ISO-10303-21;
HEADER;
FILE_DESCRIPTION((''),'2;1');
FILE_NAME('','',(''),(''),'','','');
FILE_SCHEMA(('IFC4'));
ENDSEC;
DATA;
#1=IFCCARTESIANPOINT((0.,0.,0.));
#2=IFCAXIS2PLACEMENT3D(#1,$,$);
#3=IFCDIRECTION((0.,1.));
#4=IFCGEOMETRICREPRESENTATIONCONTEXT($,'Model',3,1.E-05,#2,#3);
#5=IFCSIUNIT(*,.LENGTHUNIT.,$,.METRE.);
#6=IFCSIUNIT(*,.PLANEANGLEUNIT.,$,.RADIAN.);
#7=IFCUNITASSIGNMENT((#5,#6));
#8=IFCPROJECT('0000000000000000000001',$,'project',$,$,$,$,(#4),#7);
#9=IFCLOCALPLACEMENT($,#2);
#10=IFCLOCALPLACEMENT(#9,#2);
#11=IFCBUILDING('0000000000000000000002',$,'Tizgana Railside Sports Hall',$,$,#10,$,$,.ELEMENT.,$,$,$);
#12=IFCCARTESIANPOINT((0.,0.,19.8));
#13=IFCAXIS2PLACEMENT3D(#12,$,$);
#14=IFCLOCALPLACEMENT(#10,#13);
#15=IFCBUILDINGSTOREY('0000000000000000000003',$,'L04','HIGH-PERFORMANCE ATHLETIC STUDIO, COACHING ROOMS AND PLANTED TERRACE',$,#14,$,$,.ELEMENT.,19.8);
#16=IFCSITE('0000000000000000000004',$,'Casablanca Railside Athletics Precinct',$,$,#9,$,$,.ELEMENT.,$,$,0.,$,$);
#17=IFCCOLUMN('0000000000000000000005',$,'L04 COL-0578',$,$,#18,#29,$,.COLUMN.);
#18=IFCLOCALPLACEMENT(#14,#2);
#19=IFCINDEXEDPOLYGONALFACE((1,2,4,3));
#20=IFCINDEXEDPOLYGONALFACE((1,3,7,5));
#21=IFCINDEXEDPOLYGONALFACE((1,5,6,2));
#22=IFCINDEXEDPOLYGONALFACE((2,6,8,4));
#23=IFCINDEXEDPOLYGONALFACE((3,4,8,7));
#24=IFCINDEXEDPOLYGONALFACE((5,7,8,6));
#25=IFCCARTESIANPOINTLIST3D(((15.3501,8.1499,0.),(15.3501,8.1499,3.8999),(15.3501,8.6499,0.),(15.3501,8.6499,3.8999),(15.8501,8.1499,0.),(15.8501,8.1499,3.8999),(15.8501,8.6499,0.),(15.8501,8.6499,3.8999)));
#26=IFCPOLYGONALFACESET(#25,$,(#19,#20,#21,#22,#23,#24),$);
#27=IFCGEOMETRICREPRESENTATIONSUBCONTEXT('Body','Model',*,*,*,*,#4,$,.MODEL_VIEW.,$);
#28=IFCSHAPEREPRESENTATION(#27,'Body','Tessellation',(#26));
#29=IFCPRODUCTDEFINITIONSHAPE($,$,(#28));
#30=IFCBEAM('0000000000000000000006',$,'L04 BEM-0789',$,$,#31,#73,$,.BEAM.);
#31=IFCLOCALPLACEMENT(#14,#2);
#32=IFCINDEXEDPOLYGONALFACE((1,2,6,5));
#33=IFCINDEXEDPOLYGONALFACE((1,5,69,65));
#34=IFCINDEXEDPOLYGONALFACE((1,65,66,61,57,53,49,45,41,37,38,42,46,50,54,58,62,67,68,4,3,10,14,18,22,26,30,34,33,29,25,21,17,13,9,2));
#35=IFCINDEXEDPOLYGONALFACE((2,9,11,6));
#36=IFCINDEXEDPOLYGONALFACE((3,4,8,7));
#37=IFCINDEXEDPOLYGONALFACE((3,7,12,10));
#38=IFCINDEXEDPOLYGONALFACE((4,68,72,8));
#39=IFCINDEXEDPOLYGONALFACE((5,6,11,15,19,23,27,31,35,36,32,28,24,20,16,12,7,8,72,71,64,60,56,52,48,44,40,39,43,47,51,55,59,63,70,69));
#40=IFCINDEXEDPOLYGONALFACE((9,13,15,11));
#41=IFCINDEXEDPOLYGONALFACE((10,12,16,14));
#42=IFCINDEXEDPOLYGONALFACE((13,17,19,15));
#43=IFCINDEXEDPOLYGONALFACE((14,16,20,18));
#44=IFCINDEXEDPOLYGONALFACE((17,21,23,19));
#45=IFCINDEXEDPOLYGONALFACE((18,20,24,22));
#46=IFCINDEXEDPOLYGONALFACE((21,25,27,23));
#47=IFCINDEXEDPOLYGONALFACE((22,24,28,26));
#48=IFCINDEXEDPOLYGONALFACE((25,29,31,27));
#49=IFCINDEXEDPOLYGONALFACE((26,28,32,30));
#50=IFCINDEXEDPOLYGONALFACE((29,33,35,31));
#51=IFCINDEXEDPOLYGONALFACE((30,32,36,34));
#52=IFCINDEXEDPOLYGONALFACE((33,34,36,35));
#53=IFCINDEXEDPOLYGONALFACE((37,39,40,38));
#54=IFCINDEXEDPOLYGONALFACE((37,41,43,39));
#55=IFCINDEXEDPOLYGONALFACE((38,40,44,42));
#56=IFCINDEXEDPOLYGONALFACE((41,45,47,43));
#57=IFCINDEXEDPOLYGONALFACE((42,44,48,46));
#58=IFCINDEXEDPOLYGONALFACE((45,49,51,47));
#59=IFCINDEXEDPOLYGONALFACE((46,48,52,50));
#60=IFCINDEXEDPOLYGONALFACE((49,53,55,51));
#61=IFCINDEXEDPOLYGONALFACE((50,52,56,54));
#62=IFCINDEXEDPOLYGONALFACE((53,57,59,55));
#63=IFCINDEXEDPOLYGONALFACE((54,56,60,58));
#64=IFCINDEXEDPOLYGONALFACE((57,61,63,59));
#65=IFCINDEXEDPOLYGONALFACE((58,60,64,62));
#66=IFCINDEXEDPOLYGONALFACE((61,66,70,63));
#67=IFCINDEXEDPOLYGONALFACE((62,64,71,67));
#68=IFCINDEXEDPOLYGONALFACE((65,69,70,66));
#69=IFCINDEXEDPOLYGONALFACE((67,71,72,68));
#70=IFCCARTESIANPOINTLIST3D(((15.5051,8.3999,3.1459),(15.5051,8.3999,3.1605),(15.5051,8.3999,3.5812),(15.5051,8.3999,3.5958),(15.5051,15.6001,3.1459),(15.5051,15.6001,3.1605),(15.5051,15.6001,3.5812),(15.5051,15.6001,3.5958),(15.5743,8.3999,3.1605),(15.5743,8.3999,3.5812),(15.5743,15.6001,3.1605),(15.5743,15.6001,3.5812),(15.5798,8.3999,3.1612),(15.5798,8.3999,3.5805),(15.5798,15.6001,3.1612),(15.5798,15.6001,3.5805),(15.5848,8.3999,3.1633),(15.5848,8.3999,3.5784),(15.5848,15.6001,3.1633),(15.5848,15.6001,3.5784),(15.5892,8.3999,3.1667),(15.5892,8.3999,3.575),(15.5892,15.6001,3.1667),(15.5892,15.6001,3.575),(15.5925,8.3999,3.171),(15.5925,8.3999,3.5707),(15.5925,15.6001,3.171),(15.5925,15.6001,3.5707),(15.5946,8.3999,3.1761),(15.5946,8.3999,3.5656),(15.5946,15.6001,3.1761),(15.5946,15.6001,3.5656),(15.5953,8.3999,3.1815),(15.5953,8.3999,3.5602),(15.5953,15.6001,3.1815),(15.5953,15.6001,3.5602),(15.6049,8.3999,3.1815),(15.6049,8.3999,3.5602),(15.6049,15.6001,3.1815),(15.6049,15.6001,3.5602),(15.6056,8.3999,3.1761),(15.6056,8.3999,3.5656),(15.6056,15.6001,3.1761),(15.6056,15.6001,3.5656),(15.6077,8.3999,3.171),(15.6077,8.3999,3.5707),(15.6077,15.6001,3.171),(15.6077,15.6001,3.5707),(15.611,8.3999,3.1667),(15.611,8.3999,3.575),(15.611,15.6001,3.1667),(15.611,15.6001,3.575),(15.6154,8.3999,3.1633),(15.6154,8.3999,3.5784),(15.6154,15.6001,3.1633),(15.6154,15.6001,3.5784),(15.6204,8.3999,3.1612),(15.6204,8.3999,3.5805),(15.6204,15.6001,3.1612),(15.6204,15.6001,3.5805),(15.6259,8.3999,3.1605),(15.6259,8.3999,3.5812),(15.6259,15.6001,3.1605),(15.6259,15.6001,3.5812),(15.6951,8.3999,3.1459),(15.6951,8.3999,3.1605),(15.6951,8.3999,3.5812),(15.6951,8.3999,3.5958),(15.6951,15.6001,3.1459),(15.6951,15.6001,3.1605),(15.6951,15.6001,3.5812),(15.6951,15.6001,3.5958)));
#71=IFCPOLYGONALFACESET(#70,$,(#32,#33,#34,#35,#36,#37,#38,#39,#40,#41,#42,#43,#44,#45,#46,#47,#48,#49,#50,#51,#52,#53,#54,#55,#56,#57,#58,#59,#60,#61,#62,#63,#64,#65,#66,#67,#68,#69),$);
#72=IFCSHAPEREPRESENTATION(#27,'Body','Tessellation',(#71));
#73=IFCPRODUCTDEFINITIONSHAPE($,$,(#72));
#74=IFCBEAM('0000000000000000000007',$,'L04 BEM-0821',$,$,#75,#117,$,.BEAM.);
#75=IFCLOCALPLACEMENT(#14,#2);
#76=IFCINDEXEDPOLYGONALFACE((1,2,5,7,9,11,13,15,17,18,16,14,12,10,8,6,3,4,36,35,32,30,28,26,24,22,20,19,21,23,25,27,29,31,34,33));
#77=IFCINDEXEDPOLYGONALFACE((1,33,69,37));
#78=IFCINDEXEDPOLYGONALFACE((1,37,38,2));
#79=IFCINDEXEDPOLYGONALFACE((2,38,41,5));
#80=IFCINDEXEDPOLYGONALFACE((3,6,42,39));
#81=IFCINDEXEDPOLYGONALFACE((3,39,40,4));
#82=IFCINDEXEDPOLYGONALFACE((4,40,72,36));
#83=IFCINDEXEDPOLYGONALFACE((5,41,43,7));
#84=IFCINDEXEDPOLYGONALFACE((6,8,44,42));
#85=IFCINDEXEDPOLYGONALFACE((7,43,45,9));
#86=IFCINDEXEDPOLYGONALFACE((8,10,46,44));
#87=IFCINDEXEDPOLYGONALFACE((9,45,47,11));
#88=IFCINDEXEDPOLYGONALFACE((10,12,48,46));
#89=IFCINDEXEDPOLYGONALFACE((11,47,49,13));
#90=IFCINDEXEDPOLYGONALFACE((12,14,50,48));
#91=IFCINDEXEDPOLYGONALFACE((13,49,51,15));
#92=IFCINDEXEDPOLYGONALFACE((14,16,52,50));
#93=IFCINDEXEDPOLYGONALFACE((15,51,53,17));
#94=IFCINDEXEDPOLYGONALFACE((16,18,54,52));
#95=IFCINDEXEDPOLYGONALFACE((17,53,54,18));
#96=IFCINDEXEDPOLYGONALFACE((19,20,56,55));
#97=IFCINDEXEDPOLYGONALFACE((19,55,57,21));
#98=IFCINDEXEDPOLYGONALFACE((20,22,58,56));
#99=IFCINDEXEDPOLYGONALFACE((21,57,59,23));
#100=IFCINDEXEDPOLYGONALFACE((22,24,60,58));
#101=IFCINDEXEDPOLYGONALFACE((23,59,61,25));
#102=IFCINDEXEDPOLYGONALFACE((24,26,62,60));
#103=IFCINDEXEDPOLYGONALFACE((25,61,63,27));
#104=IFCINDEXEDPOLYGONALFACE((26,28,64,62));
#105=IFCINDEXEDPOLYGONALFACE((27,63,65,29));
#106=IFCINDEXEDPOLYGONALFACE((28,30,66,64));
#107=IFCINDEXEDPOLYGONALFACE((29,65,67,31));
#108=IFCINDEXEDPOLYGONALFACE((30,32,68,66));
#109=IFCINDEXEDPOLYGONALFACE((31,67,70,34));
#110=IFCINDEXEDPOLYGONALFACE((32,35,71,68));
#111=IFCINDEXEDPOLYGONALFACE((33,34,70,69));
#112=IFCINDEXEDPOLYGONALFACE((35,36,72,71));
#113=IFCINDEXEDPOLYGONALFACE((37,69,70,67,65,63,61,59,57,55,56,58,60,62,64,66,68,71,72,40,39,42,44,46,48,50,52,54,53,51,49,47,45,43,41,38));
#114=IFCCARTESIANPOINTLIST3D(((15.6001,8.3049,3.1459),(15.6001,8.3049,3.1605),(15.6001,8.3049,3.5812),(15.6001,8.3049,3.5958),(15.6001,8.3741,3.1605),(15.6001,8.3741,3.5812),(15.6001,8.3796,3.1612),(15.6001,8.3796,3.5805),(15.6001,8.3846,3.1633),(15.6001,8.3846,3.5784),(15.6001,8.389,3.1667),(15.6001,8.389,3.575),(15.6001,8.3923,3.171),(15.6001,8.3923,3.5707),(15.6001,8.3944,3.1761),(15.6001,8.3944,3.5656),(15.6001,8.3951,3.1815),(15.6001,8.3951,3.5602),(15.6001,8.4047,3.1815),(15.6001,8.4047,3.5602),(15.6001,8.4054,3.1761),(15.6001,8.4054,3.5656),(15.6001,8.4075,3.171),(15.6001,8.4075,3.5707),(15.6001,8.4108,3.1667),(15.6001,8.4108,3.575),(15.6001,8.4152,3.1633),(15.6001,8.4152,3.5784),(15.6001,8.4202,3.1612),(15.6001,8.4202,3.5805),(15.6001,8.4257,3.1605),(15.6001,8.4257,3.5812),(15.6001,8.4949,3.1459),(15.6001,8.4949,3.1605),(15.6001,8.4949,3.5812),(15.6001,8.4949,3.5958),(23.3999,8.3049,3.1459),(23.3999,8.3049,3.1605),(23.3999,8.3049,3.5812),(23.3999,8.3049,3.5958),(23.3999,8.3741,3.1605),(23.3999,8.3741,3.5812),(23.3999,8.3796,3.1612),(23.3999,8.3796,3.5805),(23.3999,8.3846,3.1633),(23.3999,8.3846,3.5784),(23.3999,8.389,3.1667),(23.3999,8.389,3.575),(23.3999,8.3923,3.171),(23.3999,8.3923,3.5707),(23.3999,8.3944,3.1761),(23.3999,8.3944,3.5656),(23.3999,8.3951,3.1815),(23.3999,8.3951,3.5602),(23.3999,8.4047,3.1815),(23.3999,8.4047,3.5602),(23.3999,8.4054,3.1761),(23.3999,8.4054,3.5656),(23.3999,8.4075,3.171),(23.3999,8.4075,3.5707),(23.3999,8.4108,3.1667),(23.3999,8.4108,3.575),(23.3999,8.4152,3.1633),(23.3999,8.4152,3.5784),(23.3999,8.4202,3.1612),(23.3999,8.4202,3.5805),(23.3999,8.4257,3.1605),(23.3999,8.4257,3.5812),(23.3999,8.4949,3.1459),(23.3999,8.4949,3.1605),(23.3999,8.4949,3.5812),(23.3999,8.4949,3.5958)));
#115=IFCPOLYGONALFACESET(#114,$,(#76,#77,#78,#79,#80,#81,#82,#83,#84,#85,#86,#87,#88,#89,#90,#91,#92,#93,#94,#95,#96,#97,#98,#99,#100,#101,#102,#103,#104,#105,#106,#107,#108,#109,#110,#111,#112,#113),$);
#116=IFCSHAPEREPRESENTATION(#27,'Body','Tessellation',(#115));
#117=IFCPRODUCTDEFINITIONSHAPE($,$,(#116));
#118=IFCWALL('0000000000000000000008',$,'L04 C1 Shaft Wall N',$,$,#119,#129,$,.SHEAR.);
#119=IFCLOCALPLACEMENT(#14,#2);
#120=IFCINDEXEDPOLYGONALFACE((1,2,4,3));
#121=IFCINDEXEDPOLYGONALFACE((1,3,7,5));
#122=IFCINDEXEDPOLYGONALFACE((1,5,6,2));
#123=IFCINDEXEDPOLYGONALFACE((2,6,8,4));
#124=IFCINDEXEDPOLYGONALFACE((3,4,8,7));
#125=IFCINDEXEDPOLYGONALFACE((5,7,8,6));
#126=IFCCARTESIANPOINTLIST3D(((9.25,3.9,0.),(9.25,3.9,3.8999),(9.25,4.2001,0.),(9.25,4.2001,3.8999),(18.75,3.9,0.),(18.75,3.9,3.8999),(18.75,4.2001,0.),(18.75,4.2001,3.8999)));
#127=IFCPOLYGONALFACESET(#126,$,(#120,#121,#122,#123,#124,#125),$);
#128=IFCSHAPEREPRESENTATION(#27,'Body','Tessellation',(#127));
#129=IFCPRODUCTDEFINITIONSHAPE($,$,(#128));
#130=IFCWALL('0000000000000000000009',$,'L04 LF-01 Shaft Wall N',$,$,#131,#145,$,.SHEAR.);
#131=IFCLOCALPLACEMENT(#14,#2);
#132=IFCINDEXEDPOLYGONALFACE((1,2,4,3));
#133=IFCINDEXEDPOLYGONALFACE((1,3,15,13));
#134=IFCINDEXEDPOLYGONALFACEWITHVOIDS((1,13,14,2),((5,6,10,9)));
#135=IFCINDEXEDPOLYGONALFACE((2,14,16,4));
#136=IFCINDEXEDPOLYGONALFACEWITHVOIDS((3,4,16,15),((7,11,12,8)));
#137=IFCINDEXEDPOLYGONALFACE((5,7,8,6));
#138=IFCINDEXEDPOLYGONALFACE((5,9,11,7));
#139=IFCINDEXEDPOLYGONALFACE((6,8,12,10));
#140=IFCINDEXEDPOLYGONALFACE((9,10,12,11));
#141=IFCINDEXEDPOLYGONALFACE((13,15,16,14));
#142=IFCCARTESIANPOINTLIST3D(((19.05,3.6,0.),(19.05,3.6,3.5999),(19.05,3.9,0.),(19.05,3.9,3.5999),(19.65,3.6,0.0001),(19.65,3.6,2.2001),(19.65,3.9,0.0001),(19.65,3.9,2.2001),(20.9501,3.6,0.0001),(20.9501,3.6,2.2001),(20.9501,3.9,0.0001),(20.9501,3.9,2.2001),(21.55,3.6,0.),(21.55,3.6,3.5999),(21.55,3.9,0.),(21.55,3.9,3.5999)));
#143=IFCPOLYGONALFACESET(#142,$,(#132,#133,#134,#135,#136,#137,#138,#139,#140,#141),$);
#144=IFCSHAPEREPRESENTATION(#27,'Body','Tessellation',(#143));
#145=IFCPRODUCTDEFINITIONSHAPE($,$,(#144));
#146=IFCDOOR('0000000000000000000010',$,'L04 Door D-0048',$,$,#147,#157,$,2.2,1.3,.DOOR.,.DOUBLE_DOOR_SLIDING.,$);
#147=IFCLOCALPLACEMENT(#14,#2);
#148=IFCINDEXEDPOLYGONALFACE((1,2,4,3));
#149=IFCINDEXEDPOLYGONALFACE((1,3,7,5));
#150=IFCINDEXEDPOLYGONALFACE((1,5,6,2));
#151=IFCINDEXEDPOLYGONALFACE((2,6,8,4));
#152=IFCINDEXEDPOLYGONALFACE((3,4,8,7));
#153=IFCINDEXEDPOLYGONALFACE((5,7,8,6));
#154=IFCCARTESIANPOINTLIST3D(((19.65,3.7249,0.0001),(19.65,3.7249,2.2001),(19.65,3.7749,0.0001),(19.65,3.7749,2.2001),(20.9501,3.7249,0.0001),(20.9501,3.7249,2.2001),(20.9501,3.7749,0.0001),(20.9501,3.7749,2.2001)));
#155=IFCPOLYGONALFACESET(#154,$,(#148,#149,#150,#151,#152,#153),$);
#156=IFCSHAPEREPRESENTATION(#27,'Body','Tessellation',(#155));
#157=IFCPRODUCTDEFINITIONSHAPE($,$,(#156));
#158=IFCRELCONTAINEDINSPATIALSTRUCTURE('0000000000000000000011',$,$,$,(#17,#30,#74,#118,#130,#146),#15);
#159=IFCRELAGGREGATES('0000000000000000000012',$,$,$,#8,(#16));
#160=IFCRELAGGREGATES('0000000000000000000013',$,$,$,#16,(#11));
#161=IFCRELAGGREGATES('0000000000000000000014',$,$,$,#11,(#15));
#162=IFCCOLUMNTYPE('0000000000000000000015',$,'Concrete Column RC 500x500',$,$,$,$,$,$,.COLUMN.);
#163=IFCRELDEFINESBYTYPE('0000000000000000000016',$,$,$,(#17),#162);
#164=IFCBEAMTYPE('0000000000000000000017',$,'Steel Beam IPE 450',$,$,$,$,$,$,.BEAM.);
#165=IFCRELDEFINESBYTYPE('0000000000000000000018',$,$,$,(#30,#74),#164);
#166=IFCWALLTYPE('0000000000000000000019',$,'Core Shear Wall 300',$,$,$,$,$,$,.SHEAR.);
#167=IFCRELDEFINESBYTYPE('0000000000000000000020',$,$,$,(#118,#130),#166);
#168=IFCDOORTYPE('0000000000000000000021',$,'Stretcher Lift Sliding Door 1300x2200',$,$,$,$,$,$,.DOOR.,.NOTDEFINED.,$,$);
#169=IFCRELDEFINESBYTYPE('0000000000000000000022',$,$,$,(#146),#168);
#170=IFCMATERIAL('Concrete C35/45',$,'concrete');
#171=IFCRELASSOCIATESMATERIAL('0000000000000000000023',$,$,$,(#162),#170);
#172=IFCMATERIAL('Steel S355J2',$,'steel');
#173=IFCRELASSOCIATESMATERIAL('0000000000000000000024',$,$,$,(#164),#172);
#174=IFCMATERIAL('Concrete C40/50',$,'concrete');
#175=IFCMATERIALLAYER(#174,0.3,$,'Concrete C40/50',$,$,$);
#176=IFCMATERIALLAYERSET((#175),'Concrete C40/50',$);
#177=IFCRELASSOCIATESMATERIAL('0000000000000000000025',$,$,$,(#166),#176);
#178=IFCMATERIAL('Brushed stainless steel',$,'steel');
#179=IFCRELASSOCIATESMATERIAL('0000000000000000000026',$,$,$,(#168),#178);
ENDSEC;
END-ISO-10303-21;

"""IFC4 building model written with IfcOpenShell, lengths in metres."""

from ifc_helpers import new_model, si_unit, direction, frame, frame_2d, origin, origin_2d, place, context, subcontext, project, spatial, rectangle, i_section, extrude, material, layer, layer_set, material_profile, profile_set, type_object, element, fill, save


model = new_model("IFC4")

# Units and contexts
model_context = context("Model", 3, precision=1e-05, world=origin(), true_north=direction((0.0, 1.0)))
body_context = subcontext(model_context, "Body", "Model", "MODEL_VIEW")
ifc_project = project(units=[si_unit("LENGTHUNIT", "METRE"), si_unit("PLANEANGLEUNIT", "RADIAN")], contexts=[model_context])

# Site, building, storey
site_placement = place(None, origin())
site = spatial("IfcSite", under=ifc_project, at=site_placement, Name="Casablanca Railside Athletics Precinct", CompositionType="ELEMENT", RefElevation=0.0)
building_placement = place(site_placement, origin())
building = spatial("IfcBuilding", under=site, at=building_placement, Name="Tizgana Railside Sports Hall", CompositionType="ELEMENT")
storey_placement = place(building_placement, frame((0.0, 0.0, 19.8)))
storey = spatial("IfcBuildingStorey", under=building, at=storey_placement, Name="L04", Description="HIGH-PERFORMANCE ATHLETIC STUDIO, COACHING ROOMS AND PLANTED TERRACE", CompositionType="ELEMENT", Elevation=19.8)

# Column
ifc_material_1 = material(Name="Concrete C35/45", Category="concrete")
ifc_material_profile_1 = material_profile(ifc_material_1, rectangle(XDim=0.5, YDim=0.5, at=origin_2d()), Name="RC 500x500")
ifc_profile_set_1 = profile_set([ifc_material_profile_1], Name="Concrete C35/45")
column_type = type_object("IfcColumnType", Name="Concrete Column RC 500x500", PredefinedType="COLUMN", material=ifc_profile_set_1)
column_placement = place(storey_placement, frame((15.6001, 8.3999, 0.0), z_axis=(0.0, 0.0, 1.0), x_axis=(1.0, 0.0, 0.0)))
element("IfcColumn", 1, at=column_placement, inside=storey, type_object=column_type, Name="L04 COL-0578", PredefinedType="COLUMN", context=body_context, shape_type="SweptSolid", body=[
    extrude(rectangle(XDim=0.5, YDim=0.5, at=origin_2d()), origin(), (0.0, 0.0, 1.0), 3.8999),
])

# Beams
ifc_material_2 = material(Name="Steel S355J2", Category="steel")
ifc_material_profile_2 = material_profile(ifc_material_2, i_section(OverallWidth=0.1899, OverallDepth=0.45, WebThickness=0.0095, FlangeThickness=0.0146, FilletRadius=0.021, at=origin_2d()), Name="IPE 450")
ifc_profile_set_2 = profile_set([ifc_material_profile_2], Name="Steel S355J2")
beam_type = type_object("IfcBeamType", Name="Steel Beam IPE 450", PredefinedType="BEAM", material=ifc_profile_set_2)
beam_1_placement = place(storey_placement, frame((15.6001, 8.3999, 3.3708), z_axis=(0.0, 1.0, 0.0), x_axis=(-1.0, 0.0, 0.0)))
element("IfcBeam", 2, at=beam_1_placement, inside=storey, type_object=beam_type, Name="L04 BEM-0789", PredefinedType="BEAM", context=body_context, shape_type="SweptSolid", body=[
    extrude(i_section(OverallWidth=0.1899, OverallDepth=0.45, WebThickness=0.0095, FlangeThickness=0.0146, FilletRadius=0.021, at=origin_2d()), origin(), (0.0, 0.0, 1.0), 7.2002),
])
beam_2_placement = place(storey_placement, frame((15.6001, 8.3999, 3.3708), z_axis=(1.0, 0.0, 0.0), x_axis=(0.0, 1.0, 0.0)))
element("IfcBeam", 3, at=beam_2_placement, inside=storey, type_object=beam_type, Name="L04 BEM-0821", PredefinedType="BEAM", context=body_context, shape_type="SweptSolid", body=[
    extrude(i_section(OverallWidth=0.1899, OverallDepth=0.45, WebThickness=0.0095, FlangeThickness=0.0146, FilletRadius=0.021, at=origin_2d()), origin(), (0.0, 0.0, 1.0), 7.7998),
])

# Wall
ifc_material_3 = material(Name="Concrete C40/50", Category="concrete")
ifc_layer_1 = layer(ifc_material_3, 0.3, Name="Concrete C40/50")
ifc_layer_set_1 = layer_set([ifc_layer_1], Name="Concrete C40/50")
wall_type = type_object("IfcWallType", Name="Core Shear Wall 300", PredefinedType="SHEAR", material=ifc_layer_set_1)
wall_1_placement = place(storey_placement, frame((9.25, 4.05, 0.0), z_axis=(0.0, 0.0, 1.0), x_axis=(1.0, 0.0, 0.0)))
element("IfcWall", 4, at=wall_1_placement, inside=storey, type_object=wall_type, Name="L04 C1 Shaft Wall N", PredefinedType="SHEAR", context=body_context, shape_type="SweptSolid", body=[
    extrude(rectangle(XDim=9.5, YDim=0.3, at=frame_2d((4.75, 0.0))), origin(), (0.0, 0.0, 1.0), 3.8999),
])

# Wall, opening, door
wall_2_placement = place(storey_placement, frame((19.05, 3.75, 0.0), z_axis=(0.0, 0.0, 1.0), x_axis=(1.0, 0.0, 0.0)))
wall_2 = element("IfcWall", 5, at=wall_2_placement, inside=storey, type_object=wall_type, Name="L04 LF-01 Shaft Wall N", PredefinedType="SHEAR", context=body_context, shape_type="SweptSolid", body=[
    extrude(rectangle(XDim=2.5, YDim=0.3, at=frame_2d((1.25, 0.0))), origin(), (0.0, 0.0, 1.0), 3.5999),
])
opening_placement = place(wall_2_placement, frame((0.6001, 0.0, 0.0)))
opening = element("IfcOpeningElement", 6, at=opening_placement, cuts=wall_2, PredefinedType="OPENING", context=body_context, shape_type="SweptSolid", body=[
    extrude(rectangle(XDim=1.3, YDim=2.2, at=frame_2d((0.6499, 1.1001))), frame((0.0, 0.1599, 0.0), z_axis=(0.0, -1.0, 0.0), x_axis=(1.0, 0.0, 0.0)), (0.0, 0.0, 1.0), 0.3201),
])
ifc_material_4 = material(Name="Brushed stainless steel", Category="steel")
door_type = type_object("IfcDoorType", Name="Stretcher Lift Sliding Door 1300x2200", OperationType="NOTDEFINED", PredefinedType="DOOR", material=ifc_material_4)
door_placement = place(opening_placement, origin())
door = element("IfcDoor", 7, at=door_placement, inside=storey, type_object=door_type, Name="L04 Door D-0048", OperationType="DOUBLE_DOOR_SLIDING", OverallHeight=2.2, OverallWidth=1.3, PredefinedType="DOOR", context=body_context, shape_type="SweptSolid", body=[
    extrude(rectangle(XDim=1.3, YDim=2.2, at=frame_2d((0.6499, 1.1001))), frame((0.0, 0.0249, 0.0), z_axis=(0.0, -1.0, 0.0), x_axis=(1.0, 0.0, 0.0)), (0.0, 0.0, 1.0), 0.05),
])
fill(opening, door)

save(model, "model.ifc")
